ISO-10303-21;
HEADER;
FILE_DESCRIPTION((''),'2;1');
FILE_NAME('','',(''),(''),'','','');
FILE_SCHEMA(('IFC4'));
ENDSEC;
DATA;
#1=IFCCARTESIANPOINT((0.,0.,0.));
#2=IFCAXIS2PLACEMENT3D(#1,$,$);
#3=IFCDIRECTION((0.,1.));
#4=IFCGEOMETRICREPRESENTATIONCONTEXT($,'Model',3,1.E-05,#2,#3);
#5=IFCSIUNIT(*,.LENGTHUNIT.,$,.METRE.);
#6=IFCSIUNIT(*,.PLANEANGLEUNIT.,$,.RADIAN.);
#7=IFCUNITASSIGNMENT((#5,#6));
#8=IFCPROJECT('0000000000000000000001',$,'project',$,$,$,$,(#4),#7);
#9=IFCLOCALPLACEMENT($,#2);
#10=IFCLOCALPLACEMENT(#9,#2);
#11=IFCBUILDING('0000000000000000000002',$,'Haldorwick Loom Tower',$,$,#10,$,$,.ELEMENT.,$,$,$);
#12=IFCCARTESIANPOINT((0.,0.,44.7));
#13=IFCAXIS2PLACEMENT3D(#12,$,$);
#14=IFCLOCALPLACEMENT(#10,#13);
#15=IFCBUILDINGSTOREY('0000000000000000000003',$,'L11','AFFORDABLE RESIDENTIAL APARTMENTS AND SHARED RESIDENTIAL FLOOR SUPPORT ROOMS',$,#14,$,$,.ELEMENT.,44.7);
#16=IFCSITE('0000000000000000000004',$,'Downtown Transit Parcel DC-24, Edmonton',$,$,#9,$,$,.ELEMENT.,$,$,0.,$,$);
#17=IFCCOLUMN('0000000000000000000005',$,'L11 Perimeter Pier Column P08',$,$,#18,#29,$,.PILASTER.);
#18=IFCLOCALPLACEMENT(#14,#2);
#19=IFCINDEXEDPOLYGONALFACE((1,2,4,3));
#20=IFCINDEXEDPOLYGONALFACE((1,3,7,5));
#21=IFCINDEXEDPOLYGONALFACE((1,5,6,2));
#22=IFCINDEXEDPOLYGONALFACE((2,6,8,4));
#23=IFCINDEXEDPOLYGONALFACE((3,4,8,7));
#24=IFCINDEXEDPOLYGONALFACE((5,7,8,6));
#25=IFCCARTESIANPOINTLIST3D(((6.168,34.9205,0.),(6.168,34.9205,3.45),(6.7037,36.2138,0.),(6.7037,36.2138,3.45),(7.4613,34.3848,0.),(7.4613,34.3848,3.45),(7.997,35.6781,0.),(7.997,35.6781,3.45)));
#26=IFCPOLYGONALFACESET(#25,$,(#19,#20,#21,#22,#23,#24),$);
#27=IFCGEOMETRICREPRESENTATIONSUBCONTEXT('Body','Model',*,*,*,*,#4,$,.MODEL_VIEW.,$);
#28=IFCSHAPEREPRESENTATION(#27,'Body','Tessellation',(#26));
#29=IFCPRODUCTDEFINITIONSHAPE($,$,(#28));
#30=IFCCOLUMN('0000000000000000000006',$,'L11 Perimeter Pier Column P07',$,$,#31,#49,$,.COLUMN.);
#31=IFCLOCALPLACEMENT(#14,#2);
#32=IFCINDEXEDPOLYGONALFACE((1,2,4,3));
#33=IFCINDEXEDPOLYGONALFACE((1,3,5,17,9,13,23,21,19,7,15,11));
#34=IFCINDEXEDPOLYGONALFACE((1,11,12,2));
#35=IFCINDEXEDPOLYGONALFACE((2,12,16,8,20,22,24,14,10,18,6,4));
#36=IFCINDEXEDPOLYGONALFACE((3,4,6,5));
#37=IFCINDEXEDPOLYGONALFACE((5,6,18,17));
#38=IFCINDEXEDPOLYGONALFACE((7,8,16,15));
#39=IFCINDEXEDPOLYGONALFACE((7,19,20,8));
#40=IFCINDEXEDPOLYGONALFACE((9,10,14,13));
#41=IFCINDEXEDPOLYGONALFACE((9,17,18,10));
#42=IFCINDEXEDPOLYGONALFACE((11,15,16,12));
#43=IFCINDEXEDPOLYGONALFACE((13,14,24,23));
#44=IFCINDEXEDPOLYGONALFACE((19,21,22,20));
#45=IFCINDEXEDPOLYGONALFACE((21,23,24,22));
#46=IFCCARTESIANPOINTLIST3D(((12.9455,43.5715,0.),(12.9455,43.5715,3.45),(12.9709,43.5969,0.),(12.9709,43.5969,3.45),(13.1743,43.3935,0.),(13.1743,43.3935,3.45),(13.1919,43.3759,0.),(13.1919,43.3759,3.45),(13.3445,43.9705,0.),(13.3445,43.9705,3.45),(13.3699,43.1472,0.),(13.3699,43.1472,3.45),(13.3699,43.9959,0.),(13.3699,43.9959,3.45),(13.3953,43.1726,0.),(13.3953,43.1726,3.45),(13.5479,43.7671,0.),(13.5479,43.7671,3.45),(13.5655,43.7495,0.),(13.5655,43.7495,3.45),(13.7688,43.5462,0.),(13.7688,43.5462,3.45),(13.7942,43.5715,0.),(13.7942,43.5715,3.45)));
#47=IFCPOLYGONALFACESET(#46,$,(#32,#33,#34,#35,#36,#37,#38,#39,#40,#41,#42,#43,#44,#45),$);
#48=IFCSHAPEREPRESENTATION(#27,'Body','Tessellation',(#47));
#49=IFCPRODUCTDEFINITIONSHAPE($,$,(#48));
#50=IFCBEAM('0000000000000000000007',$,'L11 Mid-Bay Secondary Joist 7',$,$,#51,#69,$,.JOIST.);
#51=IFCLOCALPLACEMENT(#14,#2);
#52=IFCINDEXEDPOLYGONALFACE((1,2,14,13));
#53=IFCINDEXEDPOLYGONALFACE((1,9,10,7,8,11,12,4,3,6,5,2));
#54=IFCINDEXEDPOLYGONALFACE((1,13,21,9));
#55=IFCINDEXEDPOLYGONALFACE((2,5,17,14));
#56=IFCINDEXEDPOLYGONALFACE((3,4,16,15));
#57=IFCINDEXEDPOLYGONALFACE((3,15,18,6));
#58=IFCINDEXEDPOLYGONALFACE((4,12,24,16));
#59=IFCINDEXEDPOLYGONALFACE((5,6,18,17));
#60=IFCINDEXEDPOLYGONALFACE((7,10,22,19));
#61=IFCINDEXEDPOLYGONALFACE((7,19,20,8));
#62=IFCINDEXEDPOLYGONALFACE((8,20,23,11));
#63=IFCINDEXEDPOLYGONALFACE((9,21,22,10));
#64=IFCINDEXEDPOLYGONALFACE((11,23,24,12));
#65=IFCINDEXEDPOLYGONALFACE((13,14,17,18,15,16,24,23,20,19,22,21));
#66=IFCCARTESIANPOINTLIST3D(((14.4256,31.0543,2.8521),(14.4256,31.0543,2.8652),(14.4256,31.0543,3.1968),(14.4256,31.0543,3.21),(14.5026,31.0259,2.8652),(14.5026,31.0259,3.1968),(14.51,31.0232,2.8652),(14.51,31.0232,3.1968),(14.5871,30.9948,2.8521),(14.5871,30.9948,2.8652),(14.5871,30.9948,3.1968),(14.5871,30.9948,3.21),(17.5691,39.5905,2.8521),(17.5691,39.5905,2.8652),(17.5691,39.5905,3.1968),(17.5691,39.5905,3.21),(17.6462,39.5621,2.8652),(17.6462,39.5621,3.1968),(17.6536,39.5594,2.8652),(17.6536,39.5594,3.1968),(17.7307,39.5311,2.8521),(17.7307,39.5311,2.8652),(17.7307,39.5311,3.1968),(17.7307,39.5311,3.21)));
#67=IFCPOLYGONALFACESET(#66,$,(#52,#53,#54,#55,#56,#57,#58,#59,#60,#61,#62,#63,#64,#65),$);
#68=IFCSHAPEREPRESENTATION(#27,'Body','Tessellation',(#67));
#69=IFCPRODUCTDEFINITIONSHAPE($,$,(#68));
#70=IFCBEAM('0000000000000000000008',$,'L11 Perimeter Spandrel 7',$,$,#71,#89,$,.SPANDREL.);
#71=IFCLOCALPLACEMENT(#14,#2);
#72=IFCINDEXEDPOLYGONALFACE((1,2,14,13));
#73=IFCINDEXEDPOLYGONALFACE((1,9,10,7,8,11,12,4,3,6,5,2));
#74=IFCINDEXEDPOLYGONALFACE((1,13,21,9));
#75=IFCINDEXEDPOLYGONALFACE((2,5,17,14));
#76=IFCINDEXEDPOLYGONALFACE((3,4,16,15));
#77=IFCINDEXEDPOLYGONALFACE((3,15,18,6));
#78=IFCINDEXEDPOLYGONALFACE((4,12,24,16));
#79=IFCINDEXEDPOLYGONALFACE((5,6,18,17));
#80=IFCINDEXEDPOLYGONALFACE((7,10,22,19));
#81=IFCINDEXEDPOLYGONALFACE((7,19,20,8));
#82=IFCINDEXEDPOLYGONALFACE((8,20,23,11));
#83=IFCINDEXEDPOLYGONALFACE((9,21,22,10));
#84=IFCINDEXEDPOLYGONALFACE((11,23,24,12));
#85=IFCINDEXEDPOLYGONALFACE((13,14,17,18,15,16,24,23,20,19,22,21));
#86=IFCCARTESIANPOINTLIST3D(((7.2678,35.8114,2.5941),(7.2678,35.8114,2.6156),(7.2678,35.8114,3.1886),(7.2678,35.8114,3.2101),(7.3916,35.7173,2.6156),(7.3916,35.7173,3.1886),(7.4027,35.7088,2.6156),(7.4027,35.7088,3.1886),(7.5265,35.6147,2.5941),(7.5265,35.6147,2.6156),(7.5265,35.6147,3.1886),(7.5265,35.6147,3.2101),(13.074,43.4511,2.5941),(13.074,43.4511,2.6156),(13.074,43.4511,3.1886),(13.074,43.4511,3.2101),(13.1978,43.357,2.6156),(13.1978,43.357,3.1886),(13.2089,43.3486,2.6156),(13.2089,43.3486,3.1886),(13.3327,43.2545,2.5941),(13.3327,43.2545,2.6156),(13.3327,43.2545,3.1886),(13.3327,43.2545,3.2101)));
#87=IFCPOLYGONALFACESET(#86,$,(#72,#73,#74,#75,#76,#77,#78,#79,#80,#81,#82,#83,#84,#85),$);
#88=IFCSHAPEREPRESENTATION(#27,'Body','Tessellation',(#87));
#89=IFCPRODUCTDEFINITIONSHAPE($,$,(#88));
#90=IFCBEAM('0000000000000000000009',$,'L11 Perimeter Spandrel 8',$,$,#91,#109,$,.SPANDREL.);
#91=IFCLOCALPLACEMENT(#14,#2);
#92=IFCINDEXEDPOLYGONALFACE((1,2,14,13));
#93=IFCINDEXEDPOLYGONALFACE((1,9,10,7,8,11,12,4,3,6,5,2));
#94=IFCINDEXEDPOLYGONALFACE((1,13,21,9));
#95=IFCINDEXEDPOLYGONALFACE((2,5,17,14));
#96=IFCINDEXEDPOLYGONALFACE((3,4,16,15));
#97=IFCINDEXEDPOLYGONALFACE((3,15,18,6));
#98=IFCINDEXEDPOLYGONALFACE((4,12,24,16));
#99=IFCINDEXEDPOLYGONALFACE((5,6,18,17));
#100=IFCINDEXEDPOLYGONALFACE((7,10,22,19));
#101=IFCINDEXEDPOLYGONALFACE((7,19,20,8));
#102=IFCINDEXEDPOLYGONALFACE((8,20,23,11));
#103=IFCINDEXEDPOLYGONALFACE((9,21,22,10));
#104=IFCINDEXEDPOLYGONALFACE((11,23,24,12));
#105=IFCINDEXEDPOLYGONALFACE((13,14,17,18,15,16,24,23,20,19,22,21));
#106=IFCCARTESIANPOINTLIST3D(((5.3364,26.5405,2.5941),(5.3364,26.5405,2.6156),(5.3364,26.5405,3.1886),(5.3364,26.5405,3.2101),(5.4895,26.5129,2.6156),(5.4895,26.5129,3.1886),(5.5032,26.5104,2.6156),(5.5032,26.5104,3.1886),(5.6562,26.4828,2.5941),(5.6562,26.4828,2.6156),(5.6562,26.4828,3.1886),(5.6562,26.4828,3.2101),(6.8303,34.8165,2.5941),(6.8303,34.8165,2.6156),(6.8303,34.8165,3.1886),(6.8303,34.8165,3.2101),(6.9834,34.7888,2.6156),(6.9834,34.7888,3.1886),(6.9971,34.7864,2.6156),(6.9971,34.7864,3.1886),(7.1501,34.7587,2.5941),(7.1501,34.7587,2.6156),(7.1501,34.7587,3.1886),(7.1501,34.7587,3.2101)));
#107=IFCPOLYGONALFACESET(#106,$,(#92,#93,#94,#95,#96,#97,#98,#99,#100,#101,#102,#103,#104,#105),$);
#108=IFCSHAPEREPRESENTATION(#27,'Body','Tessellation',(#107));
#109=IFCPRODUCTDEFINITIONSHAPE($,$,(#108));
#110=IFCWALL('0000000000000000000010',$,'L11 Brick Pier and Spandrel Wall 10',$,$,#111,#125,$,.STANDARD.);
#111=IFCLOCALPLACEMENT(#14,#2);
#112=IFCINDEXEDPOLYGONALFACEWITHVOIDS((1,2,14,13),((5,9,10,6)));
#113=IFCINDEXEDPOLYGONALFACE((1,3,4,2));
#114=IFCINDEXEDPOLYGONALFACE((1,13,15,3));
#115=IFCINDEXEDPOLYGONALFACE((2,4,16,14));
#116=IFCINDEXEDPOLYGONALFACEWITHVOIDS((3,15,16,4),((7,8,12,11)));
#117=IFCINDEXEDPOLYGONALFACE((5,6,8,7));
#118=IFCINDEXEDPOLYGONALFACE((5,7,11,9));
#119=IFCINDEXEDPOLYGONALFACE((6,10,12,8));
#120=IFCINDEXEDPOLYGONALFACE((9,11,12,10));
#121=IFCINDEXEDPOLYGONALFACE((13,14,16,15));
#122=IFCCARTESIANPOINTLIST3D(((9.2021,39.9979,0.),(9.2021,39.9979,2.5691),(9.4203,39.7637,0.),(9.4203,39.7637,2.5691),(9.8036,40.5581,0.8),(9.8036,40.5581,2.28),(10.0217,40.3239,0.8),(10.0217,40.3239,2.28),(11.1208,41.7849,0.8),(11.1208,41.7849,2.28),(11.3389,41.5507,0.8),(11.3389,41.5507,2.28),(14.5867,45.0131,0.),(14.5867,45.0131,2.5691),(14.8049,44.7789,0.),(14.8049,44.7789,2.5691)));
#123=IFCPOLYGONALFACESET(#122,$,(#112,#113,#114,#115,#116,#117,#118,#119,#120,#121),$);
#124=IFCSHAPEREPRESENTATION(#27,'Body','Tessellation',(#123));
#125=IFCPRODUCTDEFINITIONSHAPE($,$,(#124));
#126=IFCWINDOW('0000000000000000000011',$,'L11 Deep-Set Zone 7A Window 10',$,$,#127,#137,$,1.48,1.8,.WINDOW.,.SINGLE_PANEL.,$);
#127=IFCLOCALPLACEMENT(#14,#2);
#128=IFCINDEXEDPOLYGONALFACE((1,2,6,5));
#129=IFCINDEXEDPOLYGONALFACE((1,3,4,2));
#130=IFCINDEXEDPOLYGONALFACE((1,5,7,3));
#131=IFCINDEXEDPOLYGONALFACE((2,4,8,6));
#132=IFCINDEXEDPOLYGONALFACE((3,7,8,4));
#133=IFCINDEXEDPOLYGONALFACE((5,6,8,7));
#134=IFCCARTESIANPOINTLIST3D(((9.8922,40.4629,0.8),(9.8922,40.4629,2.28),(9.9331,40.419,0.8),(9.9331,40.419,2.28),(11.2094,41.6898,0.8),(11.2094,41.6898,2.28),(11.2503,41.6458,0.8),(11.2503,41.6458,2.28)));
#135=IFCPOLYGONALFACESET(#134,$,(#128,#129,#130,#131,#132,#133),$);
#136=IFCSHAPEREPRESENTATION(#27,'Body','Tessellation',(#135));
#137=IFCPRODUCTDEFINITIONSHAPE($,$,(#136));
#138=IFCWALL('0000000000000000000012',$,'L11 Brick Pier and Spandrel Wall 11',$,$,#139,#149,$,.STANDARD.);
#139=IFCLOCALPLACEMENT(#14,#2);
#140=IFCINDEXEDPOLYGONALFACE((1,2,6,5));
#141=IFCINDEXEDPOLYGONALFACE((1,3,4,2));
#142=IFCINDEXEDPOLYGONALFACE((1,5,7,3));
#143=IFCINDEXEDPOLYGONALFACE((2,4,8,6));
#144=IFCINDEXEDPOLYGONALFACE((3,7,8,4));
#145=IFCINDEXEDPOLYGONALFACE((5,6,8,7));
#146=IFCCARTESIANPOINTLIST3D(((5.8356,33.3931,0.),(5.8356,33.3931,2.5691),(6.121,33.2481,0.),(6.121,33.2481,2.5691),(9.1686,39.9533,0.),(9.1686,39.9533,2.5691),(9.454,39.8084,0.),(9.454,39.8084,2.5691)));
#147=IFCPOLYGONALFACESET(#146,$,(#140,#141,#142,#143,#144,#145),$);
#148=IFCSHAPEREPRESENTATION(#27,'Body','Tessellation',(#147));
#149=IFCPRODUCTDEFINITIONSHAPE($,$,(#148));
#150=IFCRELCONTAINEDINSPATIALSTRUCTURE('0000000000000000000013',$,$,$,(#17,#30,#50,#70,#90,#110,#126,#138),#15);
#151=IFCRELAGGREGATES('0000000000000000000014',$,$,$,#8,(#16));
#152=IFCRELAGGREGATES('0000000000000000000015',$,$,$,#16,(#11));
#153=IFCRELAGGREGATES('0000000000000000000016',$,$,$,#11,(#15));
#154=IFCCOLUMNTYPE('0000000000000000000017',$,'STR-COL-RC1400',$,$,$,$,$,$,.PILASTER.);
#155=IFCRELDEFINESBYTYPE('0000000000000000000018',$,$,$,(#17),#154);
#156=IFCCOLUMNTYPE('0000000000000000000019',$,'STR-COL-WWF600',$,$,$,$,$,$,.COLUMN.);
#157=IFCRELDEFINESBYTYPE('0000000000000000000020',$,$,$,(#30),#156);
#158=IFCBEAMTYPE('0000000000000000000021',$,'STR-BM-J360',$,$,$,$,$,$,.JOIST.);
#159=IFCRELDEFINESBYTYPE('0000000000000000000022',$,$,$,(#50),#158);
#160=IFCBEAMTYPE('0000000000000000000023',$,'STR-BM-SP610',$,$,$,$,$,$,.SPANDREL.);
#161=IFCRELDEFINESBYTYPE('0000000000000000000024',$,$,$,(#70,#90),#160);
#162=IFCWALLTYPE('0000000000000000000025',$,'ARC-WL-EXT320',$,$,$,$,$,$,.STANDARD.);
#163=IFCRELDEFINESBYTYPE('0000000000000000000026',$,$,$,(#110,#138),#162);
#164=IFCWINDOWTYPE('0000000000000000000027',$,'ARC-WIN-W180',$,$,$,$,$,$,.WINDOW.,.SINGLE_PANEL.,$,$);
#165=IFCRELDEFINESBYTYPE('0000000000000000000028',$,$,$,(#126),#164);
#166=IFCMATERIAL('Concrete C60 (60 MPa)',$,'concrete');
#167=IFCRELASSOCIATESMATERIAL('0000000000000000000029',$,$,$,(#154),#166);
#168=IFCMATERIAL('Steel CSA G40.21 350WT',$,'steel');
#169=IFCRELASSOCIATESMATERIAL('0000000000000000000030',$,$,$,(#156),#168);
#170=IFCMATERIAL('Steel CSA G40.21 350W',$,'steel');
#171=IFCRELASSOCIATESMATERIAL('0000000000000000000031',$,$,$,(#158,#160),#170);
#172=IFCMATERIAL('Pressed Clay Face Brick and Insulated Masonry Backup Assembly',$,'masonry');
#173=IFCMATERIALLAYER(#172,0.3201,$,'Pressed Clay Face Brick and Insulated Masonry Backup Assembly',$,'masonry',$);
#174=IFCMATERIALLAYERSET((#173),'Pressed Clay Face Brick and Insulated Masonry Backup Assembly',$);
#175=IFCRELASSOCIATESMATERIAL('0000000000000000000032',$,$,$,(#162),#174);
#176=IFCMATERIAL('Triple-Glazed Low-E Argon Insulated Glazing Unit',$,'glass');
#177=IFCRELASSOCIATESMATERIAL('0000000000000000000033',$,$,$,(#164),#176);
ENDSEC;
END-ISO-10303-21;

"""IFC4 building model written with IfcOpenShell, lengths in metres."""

from ifc_helpers import new_model, si_unit, direction, frame, frame_2d, origin, origin_2d, place, context, subcontext, project, spatial, rectangle, i_section, extrude, material, layer, layer_set, material_profile, profile_set, type_object, element, fill, save


model = new_model("IFC4")

# Units and contexts
model_context = context("Model", 3, precision=1e-05, world=origin(), true_north=direction((0.0, 1.0)))
body_context = subcontext(model_context, "Body", "Model", "MODEL_VIEW")
ifc_project = project(units=[si_unit("LENGTHUNIT", "METRE"), si_unit("PLANEANGLEUNIT", "RADIAN")], contexts=[model_context])

# Site, building, storey
site_placement = place(None, origin())
site = spatial("IfcSite", under=ifc_project, at=site_placement, Name="Downtown Transit Parcel DC-24, Edmonton", CompositionType="ELEMENT", RefElevation=0.0)
building_placement = place(site_placement, origin())
building = spatial("IfcBuilding", under=site, at=building_placement, Name="Haldorwick Loom Tower", CompositionType="ELEMENT")
storey_placement = place(building_placement, frame((0.0, 0.0, 44.7)))
storey = spatial("IfcBuildingStorey", under=building, at=storey_placement, Name="L11", Description="AFFORDABLE RESIDENTIAL APARTMENTS AND SHARED RESIDENTIAL FLOOR SUPPORT ROOMS", CompositionType="ELEMENT", Elevation=44.7)

# Columns
ifc_material_1 = material(Name="Concrete C60 (60 MPa)", Category="concrete")
ifc_material_profile_1 = material_profile(ifc_material_1, rectangle(XDim=1.3999, YDim=1.3999, at=origin_2d()), Name="RC1400X1400", Category="concrete")
ifc_profile_set_1 = profile_set([ifc_material_profile_1], Name="Concrete C60 (60 MPa)")
column_type_1 = type_object("IfcColumnType", Name="STR-COL-RC1400", PredefinedType="PILASTER", material=ifc_profile_set_1)
column_1_placement = place(storey_placement, frame((7.0825, 35.2993, 0.0), z_axis=(0.0, 0.0, 1.0), x_axis=(-0.92388, 0.382683, 0.0)))
element("IfcColumn", 1, at=column_1_placement, inside=storey, type_object=column_type_1, Name="L11 Perimeter Pier Column P08", PredefinedType="PILASTER", context=body_context, shape_type="SweptSolid", body=[
    extrude(rectangle(XDim=1.3999, YDim=1.3999, at=origin_2d()), origin(), (0.0, 0.0, 1.0), 3.45),
])
ifc_material_2 = material(Name="Steel CSA G40.21 350WT", Category="steel")
ifc_material_profile_2 = material_profile(ifc_material_2, i_section(OverallWidth=0.6001, OverallDepth=0.6001, WebThickness=0.0249, FlangeThickness=0.0359, at=origin_2d()), Name="WWF600X600", Category="steel")
ifc_profile_set_2 = profile_set([ifc_material_profile_2], Name="Steel CSA G40.21 350WT")
column_type_2 = type_object("IfcColumnType", Name="STR-COL-WWF600", PredefinedType="COLUMN", material=ifc_profile_set_2)
column_2_placement = place(storey_placement, frame((13.3699, 43.5715, 0.0), z_axis=(0.0, 0.0, 1.0), x_axis=(-0.707107, 0.707107, 0.0)))
element("IfcColumn", 2, at=column_2_placement, inside=storey, type_object=column_type_2, Name="L11 Perimeter Pier Column P07", PredefinedType="COLUMN", context=body_context, shape_type="SweptSolid", body=[
    extrude(i_section(OverallWidth=0.6001, OverallDepth=0.6001, WebThickness=0.0249, FlangeThickness=0.0359, at=origin_2d()), origin(), (0.0, 0.0, 1.0), 3.45),
])

# Beams
ifc_material_3 = material(Name="Steel CSA G40.21 350W", Category="steel")
ifc_material_profile_3 = material_profile(ifc_material_3, i_section(OverallWidth=0.1721, OverallDepth=0.3579, WebThickness=0.0078, FlangeThickness=0.0132, at=origin_2d()), Name="W360X57", Category="steel")
ifc_profile_set_3 = profile_set([ifc_material_profile_3], Name="Steel CSA G40.21 350W")
beam_type_1 = type_object("IfcBeamType", Name="STR-BM-J360", PredefinedType="JOIST", material=ifc_profile_set_3)
beam_1_placement = place(storey_placement, frame((17.6499, 39.5608, 3.031), z_axis=(-0.345576, -0.938391, 0.0), x_axis=(0.938391, -0.345576, 0.0)))
element("IfcBeam", 3, at=beam_1_placement, inside=storey, type_object=beam_type_1, Name="L11 Mid-Bay Secondary Joist 7", PredefinedType="JOIST", context=body_context, shape_type="SweptSolid", body=[
    extrude(i_section(OverallWidth=0.1721, OverallDepth=0.3579, WebThickness=0.0078, FlangeThickness=0.0132, at=origin_2d()), origin(), (0.0, 0.0, 1.0), 9.0967),
])
ifc_material_profile_4 = material_profile(ifc_material_3, i_section(OverallWidth=0.325, OverallDepth=0.616, WebThickness=0.0139, FlangeThickness=0.0215, at=origin_2d()), Name="W610X174", Category="steel")
ifc_profile_set_4 = profile_set([ifc_material_profile_4], Name="Steel CSA G40.21 350W")
beam_type_2 = type_object("IfcBeamType", Name="STR-BM-SP610", PredefinedType="SPANDREL", material=ifc_profile_set_4)
beam_2_placement = place(storey_placement, frame((13.2034, 43.3528, 2.9021), z_axis=(-0.605085, -0.796161, 0.0), x_axis=(0.796161, -0.605085, 0.0)))
element("IfcBeam", 4, at=beam_2_placement, inside=storey, type_object=beam_type_2, Name="L11 Perimeter Spandrel 7", PredefinedType="SPANDREL", context=body_context, shape_type="SweptSolid", body=[
    extrude(i_section(OverallWidth=0.325, OverallDepth=0.616, WebThickness=0.0139, FlangeThickness=0.0215, at=origin_2d()), origin(), (0.0, 0.0, 1.0), 9.5957),
])
beam_3_placement = place(storey_placement, frame((6.9902, 34.7876, 2.9021), z_axis=(-0.177641, -0.984095, 0.0), x_axis=(0.984095, -0.177641, 0.0)))
element("IfcBeam", 5, at=beam_3_placement, inside=storey, type_object=beam_type_2, Name="L11 Perimeter Spandrel 8", PredefinedType="SPANDREL", context=body_context, shape_type="SweptSolid", body=[
    extrude(i_section(OverallWidth=0.325, OverallDepth=0.616, WebThickness=0.0139, FlangeThickness=0.0215, at=origin_2d()), origin(), (0.0, 0.0, 1.0), 8.4097),
])

# Wall, opening, window
ifc_material_4 = material(Name="Pressed Clay Face Brick and Insulated Masonry Backup Assembly", Category="masonry")
ifc_layer_1 = layer(ifc_material_4, 0.3201, Name="Pressed Clay Face Brick and Insulated Masonry Backup Assembly", Category="masonry")
ifc_layer_set_1 = layer_set([ifc_layer_1], Name="Pressed Clay Face Brick and Insulated Masonry Backup Assembly")
wall_type_1 = type_object("IfcWallType", Name="ARC-WL-EXT320", PredefinedType="STANDARD", material=ifc_layer_set_1)
wall_1_placement = place(storey_placement, frame((14.6958, 44.896, 0.0), z_axis=(0.0, 0.0, 1.0), x_axis=(-0.731761, -0.681561, 0.0)))
wall_1 = element("IfcWall", 6, at=wall_1_placement, inside=storey, type_object=wall_type_1, Name="L11 Brick Pier and Spandrel Wall 10", PredefinedType="STANDARD", context=body_context, shape_type="SweptSolid", body=[
    extrude(rectangle(XDim=7.3584, YDim=0.3201, at=frame_2d((3.6792, 0.0))), origin(), (0.0, 0.0, 1.0), 2.5691),
])
opening_1_placement = place(wall_1_placement, frame((4.7366, 0.0, 0.8)))
opening_1 = element("IfcOpeningElement", 7, at=opening_1_placement, cuts=wall_1, PredefinedType="OPENING", context=body_context, shape_type="SweptSolid", body=[
    extrude(rectangle(XDim=1.8, YDim=1.48, at=frame_2d((0.8999, 0.74))), frame((0.0, 0.1699, 0.0), z_axis=(0.0, -1.0, 0.0), x_axis=(1.0, 0.0, 0.0)), (0.0, 0.0, 1.0), 0.3401),
])
ifc_material_5 = material(Name="Triple-Glazed Low-E Argon Insulated Glazing Unit", Category="glass")
window_type = type_object("IfcWindowType", Name="ARC-WIN-W180", PartitioningType="SINGLE_PANEL", PredefinedType="WINDOW", material=ifc_material_5)
window_placement = place(opening_1_placement, origin())
window = element("IfcWindow", 8, at=window_placement, inside=storey, type_object=window_type, Name="L11 Deep-Set Zone 7A Window 10", OverallHeight=1.48, OverallWidth=1.8, PartitioningType="SINGLE_PANEL", PredefinedType="WINDOW", context=body_context, shape_type="SweptSolid", body=[
    extrude(rectangle(XDim=1.8, YDim=1.48, at=frame_2d((0.8999, 0.74))), frame((0.0, 0.03, 0.0), z_axis=(0.0, -1.0, 0.0), x_axis=(1.0, 0.0, 0.0)), (0.0, 0.0, 1.0), 0.0601),
])
fill(opening_1, window)

# Wall
wall_2_placement = place(storey_placement, frame((9.3113, 39.8809, 0.0), z_axis=(0.0, 0.0, 1.0), x_axis=(-0.452951, -0.891535, 0.0)))
element("IfcWall", 9, at=wall_2_placement, inside=storey, type_object=wall_type_1, Name="L11 Brick Pier and Spandrel Wall 11", PredefinedType="STANDARD", context=body_context, shape_type="SweptSolid", body=[
    extrude(rectangle(XDim=7.3584, YDim=0.3201, at=frame_2d((3.6792, 0.0))), origin(), (0.0, 0.0, 1.0), 2.5691),
])

save(model, "model.ifc")
